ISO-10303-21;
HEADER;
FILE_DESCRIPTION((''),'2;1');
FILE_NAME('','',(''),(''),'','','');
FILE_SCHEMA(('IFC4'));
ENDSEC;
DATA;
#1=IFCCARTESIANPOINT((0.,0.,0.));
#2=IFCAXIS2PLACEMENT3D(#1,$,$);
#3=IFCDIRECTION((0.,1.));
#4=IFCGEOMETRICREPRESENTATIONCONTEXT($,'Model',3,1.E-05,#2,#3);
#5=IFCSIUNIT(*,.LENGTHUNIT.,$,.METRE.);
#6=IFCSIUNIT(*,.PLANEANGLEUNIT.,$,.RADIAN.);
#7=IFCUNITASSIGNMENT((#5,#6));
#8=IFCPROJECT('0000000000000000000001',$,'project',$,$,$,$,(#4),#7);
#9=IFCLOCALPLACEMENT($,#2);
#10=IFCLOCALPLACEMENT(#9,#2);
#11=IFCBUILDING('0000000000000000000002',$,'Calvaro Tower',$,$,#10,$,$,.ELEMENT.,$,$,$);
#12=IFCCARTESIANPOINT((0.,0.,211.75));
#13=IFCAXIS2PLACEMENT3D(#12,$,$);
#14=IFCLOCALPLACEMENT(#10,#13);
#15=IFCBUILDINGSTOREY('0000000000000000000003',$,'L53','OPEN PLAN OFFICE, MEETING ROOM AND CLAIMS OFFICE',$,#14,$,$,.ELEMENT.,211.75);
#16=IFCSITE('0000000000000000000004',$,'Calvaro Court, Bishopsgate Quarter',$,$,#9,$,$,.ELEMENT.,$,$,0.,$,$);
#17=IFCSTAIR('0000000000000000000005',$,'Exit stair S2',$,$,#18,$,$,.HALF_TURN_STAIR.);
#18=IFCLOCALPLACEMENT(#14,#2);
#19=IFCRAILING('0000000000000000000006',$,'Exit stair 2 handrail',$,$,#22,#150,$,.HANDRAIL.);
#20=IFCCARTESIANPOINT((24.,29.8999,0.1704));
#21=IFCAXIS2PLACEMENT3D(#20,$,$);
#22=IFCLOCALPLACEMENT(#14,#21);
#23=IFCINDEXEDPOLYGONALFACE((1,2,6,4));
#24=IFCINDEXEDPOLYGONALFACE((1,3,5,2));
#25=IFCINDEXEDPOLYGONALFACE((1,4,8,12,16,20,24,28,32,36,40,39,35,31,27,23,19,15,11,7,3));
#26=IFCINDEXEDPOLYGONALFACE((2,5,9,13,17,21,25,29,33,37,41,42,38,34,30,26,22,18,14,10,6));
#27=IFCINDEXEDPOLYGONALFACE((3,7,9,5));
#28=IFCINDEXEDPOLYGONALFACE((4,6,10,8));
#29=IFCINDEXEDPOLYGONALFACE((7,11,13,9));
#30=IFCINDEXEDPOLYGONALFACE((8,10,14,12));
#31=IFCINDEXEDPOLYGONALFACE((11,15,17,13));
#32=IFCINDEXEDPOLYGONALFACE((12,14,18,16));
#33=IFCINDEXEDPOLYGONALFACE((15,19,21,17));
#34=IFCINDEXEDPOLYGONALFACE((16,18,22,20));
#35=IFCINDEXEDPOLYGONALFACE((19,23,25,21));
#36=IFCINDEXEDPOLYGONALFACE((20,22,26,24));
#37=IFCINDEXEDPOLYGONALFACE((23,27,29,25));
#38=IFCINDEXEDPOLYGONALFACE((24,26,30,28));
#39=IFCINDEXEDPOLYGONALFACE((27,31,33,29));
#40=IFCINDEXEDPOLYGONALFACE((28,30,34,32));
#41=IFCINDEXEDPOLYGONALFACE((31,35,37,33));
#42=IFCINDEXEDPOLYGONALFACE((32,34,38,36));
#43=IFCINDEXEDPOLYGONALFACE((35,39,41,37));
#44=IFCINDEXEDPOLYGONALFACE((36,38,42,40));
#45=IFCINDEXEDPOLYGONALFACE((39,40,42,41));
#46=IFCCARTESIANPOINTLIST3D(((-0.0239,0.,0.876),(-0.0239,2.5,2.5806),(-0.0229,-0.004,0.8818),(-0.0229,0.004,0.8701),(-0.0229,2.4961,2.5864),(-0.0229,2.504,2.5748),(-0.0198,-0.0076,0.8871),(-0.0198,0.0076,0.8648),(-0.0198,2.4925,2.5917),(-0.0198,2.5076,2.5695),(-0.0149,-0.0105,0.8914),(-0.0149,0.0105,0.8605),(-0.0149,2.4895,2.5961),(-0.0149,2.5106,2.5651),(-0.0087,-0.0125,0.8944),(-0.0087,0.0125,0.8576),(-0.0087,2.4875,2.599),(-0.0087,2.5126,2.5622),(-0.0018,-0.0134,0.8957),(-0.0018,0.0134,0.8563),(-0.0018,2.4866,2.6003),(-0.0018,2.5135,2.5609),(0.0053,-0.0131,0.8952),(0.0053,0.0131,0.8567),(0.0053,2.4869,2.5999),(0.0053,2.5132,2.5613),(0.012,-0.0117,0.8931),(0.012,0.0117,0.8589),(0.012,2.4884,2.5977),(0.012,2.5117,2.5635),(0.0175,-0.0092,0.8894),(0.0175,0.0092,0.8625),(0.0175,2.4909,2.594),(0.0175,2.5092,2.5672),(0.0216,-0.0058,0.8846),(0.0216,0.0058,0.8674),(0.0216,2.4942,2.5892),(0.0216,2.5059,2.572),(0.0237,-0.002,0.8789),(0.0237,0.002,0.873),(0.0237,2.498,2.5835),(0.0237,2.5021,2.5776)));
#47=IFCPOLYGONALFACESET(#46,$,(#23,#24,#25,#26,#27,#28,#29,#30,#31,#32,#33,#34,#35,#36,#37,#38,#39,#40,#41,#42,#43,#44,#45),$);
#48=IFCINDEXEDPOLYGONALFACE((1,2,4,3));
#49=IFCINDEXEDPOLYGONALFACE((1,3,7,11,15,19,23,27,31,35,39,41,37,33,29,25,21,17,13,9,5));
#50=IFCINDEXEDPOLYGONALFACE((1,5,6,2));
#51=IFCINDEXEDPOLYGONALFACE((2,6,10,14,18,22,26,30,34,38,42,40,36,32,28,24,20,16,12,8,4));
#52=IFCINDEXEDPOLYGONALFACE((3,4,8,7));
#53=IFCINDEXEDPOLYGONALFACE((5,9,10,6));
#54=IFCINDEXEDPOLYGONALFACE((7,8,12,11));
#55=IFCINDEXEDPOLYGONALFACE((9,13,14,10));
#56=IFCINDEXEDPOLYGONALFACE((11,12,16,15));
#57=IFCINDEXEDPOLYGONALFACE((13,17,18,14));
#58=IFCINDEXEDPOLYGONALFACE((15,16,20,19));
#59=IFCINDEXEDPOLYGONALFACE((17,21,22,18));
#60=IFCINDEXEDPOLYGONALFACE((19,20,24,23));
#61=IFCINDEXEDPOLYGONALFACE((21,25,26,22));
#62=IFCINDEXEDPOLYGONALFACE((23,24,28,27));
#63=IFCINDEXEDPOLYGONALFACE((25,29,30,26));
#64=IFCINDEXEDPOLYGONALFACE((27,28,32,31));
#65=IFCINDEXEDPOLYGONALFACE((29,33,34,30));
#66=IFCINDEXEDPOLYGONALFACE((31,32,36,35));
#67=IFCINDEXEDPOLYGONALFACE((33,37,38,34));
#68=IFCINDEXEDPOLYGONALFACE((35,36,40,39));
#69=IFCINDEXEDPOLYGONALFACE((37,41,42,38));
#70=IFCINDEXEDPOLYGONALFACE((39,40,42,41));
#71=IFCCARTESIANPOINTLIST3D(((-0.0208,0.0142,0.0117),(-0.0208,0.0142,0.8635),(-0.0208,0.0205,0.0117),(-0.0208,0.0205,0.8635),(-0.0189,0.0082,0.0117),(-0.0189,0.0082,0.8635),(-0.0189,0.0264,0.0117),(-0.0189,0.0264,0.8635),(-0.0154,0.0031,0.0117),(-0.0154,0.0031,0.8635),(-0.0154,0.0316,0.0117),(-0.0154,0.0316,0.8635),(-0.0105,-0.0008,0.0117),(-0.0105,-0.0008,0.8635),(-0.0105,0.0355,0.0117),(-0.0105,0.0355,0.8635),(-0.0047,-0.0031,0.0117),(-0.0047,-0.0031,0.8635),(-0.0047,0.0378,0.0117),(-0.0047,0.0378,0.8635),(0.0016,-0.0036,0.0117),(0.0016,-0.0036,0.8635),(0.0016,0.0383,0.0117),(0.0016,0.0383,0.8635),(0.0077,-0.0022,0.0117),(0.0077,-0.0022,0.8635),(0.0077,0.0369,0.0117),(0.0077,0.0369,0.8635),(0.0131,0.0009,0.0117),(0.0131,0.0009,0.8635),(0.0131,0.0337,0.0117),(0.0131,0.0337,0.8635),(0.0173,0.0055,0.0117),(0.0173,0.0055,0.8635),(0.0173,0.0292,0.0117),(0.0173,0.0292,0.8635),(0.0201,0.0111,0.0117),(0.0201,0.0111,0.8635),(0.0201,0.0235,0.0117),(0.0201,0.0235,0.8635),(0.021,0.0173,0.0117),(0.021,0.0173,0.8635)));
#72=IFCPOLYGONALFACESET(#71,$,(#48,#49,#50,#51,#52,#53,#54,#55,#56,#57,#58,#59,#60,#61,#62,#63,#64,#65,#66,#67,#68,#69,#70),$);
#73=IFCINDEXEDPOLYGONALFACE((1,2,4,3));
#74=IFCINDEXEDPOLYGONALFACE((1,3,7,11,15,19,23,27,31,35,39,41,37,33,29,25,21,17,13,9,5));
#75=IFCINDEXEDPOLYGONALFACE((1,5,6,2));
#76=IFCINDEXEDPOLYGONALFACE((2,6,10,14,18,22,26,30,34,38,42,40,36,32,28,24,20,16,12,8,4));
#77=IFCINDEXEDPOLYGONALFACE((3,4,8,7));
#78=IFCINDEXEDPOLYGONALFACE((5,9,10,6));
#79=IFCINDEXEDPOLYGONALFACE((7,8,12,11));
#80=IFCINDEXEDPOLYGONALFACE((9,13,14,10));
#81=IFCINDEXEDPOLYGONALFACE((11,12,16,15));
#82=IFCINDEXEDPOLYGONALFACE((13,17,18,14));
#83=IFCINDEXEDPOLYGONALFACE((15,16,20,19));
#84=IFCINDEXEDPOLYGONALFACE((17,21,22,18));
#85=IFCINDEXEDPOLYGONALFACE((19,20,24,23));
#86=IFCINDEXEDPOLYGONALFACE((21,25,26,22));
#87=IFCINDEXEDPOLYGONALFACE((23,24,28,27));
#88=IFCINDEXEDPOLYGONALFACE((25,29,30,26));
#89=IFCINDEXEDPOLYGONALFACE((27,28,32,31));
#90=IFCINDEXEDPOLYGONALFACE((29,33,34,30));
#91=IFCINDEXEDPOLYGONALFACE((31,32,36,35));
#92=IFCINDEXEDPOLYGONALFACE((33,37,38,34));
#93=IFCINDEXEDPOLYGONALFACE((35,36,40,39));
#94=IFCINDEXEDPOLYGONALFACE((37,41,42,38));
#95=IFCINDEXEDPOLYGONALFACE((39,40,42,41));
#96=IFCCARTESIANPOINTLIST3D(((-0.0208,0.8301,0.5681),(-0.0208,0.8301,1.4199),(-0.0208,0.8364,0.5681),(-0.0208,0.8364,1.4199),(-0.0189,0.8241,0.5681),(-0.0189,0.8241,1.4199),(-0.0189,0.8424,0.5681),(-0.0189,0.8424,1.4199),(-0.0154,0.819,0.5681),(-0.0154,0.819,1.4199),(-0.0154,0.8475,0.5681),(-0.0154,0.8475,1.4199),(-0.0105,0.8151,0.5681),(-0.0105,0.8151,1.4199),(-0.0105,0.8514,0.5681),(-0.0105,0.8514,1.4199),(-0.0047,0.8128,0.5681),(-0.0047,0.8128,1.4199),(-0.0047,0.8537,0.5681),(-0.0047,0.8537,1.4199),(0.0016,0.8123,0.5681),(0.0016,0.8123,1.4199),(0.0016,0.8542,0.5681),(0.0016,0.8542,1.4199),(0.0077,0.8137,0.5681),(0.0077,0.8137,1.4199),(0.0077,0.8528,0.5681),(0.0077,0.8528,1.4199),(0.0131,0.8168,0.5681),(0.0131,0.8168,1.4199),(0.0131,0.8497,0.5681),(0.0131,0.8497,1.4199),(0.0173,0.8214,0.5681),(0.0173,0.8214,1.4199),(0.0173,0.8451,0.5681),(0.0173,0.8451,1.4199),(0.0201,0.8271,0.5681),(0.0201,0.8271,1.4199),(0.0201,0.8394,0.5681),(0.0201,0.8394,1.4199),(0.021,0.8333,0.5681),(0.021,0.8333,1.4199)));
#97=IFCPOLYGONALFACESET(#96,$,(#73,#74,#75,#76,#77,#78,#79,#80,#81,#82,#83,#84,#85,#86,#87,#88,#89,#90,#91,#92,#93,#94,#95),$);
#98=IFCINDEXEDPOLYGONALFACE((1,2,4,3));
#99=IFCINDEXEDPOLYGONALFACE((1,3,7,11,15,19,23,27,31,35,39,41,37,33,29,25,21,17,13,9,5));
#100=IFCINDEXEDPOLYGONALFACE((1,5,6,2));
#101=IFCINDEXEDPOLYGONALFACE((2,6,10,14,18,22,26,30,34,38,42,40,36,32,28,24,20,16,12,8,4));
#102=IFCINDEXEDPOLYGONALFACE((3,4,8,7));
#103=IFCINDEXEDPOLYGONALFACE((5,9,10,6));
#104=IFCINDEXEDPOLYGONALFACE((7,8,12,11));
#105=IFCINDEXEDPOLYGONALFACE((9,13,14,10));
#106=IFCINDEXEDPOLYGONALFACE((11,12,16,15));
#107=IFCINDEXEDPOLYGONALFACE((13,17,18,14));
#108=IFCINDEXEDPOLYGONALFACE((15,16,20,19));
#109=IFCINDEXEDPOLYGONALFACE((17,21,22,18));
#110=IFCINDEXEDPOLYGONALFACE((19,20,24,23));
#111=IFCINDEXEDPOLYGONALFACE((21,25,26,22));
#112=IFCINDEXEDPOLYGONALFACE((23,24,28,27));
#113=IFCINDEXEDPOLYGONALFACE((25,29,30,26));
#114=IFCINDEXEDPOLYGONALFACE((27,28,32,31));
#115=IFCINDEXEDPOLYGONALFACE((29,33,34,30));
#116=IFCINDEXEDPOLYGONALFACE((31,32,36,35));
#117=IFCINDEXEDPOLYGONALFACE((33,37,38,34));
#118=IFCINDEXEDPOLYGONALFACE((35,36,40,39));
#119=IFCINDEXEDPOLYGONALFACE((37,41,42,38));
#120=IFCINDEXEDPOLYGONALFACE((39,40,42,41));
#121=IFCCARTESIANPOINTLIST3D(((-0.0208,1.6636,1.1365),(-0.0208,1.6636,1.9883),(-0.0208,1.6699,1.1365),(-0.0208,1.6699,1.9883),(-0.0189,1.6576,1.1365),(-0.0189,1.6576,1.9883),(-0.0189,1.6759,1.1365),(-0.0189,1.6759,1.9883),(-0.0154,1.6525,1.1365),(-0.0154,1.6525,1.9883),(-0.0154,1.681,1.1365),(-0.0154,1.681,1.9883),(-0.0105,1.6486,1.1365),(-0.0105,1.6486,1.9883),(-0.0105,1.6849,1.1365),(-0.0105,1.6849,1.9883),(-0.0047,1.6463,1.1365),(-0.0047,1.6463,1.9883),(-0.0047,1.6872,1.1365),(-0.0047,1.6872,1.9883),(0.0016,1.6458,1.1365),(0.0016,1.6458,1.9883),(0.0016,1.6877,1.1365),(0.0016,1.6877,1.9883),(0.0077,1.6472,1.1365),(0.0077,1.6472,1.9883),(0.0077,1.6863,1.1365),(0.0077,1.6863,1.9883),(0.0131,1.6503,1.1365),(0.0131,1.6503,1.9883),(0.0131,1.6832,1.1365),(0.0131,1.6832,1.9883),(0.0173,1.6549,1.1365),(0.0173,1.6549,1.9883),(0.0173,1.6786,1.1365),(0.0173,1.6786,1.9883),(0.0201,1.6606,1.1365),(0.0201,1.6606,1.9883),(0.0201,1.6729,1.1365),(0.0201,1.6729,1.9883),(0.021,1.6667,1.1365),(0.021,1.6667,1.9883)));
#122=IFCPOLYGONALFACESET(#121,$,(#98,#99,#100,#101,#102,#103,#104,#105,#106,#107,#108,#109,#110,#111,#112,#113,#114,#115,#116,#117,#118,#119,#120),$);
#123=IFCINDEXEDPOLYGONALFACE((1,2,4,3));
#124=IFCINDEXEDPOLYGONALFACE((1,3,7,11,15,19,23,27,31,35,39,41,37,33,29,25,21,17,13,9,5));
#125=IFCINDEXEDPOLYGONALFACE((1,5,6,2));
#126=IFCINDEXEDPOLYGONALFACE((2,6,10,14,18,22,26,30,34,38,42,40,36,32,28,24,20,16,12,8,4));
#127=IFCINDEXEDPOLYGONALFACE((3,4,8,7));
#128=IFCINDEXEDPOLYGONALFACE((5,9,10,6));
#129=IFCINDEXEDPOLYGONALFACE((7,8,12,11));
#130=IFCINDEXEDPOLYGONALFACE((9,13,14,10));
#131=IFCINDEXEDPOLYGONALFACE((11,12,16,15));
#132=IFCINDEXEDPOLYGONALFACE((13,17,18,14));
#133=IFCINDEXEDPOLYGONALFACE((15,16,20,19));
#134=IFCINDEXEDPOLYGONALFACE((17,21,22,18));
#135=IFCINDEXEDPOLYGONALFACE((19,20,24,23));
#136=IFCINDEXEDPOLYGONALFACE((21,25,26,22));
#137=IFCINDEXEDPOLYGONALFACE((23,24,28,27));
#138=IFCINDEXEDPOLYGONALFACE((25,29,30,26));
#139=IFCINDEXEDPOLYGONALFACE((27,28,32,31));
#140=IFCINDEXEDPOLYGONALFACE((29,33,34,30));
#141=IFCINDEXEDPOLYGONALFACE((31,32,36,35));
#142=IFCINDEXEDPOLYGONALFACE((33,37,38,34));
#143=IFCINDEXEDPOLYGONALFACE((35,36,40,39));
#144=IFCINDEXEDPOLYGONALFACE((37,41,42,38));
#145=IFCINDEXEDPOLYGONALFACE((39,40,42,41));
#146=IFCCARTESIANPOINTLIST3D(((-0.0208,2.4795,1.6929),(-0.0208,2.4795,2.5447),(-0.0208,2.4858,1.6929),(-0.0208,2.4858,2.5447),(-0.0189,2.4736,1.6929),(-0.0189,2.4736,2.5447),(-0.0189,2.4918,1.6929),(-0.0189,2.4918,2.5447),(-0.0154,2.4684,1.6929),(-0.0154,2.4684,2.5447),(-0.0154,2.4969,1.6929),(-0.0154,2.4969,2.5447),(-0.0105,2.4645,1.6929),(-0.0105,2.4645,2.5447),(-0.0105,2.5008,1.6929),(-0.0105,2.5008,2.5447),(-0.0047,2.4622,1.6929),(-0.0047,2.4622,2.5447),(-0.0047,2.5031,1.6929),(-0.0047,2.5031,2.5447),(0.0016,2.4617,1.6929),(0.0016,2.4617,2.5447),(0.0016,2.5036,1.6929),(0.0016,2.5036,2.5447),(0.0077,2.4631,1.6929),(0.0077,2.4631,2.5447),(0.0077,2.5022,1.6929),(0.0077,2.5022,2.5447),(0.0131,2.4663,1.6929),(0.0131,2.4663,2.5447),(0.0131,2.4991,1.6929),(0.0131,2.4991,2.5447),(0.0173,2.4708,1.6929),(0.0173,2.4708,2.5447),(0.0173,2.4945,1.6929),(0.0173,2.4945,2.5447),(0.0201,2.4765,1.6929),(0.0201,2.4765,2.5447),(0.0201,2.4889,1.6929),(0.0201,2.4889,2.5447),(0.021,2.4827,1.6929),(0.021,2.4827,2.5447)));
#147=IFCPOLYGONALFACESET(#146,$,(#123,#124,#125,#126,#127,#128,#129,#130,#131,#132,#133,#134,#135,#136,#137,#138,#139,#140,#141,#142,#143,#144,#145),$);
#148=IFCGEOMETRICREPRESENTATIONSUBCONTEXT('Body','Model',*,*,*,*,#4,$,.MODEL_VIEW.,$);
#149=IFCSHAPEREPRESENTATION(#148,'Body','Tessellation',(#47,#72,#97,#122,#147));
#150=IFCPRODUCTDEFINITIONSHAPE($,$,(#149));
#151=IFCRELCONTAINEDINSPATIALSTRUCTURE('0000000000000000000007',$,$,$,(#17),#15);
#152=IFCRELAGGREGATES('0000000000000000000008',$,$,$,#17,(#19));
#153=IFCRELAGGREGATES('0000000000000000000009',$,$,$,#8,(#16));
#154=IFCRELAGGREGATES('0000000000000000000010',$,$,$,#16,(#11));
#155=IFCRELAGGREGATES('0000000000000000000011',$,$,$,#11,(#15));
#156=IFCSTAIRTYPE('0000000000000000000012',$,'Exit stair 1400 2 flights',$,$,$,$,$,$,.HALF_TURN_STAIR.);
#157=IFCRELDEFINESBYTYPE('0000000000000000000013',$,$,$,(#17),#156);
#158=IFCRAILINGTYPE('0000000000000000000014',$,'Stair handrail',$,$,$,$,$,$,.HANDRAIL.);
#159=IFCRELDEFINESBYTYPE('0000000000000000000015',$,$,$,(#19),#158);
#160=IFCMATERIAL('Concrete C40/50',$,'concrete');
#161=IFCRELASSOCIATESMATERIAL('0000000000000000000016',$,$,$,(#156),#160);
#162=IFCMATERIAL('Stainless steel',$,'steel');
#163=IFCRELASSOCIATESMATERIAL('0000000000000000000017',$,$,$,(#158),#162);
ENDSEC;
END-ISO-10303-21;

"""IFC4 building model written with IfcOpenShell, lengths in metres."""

from ifc_helpers import new_model, si_unit, direction, frame, origin, origin_2d, place, context, subcontext, project, spatial, circle, extrude, material, type_object, element, aggregate, save


model = new_model("IFC4")

# Units and contexts
model_context = context("Model", 3, precision=1e-05, world=origin(), true_north=direction((0.0, 1.0)))
body_context = subcontext(model_context, "Body", "Model", "MODEL_VIEW")
ifc_project = project(units=[si_unit("LENGTHUNIT", "METRE"), si_unit("PLANEANGLEUNIT", "RADIAN")], contexts=[model_context])

# Site, building, storey
site_placement = place(None, origin())
site = spatial("IfcSite", under=ifc_project, at=site_placement, Name="Calvaro Court, Bishopsgate Quarter", CompositionType="ELEMENT", RefElevation=0.0)
building_placement = place(site_placement, origin())
building = spatial("IfcBuilding", under=site, at=building_placement, Name="Calvaro Tower", CompositionType="ELEMENT")
storey_placement = place(building_placement, frame((0.0, 0.0, 211.75)))
storey = spatial("IfcBuildingStorey", under=building, at=storey_placement, Name="L53", Description="OPEN PLAN OFFICE, MEETING ROOM AND CLAIMS OFFICE", CompositionType="ELEMENT", Elevation=211.75)

# Stair, railing
ifc_material_1 = material(Name="Concrete C40/50", Category="concrete")
stair_type = type_object("IfcStairType", Name="Exit stair 1400 2 flights", PredefinedType="HALF_TURN_STAIR", material=ifc_material_1)
stair_placement = place(storey_placement, origin())
stair = element("IfcStair", 1, at=stair_placement, inside=storey, type_object=stair_type, Name="Exit stair S2", PredefinedType="HALF_TURN_STAIR")
ifc_material_2 = material(Name="Stainless steel", Category="steel")
railing_type = type_object("IfcRailingType", Name="Stair handrail", PredefinedType="HANDRAIL", material=ifc_material_2)
railing_placement = place(storey_placement, frame((24.0, 29.8999, 0.1704)))
railing = element("IfcRailing", 2, at=railing_placement, type_object=railing_type, Name="Exit stair 2 handrail", PredefinedType="HANDRAIL", context=body_context, shape_type="SweptSolid", body=[
    extrude(circle(Radius=0.0239, at=origin_2d()), frame((0.0, 0.0, 0.876), z_axis=(0.0, 0.826221, 0.563347), x_axis=(-1.0, 0.0, 0.0)), (0.0, 0.0, 1.0), 3.0259),
    extrude(circle(Radius=0.021, at=origin_2d()), frame((0.0, 0.0173, 0.0117)), (0.0, 0.0, 1.0), 0.8518),
    extrude(circle(Radius=0.021, at=origin_2d()), frame((0.0, 0.8333, 0.5681)), (0.0, 0.0, 1.0), 0.8518),
    extrude(circle(Radius=0.021, at=origin_2d()), frame((0.0, 1.6667, 1.1365)), (0.0, 0.0, 1.0), 0.8518),
    extrude(circle(Radius=0.021, at=origin_2d()), frame((0.0, 2.4827, 1.6929)), (0.0, 0.0, 1.0), 0.8518),
])
aggregate(stair, [railing])

save(model, "model.ifc")
